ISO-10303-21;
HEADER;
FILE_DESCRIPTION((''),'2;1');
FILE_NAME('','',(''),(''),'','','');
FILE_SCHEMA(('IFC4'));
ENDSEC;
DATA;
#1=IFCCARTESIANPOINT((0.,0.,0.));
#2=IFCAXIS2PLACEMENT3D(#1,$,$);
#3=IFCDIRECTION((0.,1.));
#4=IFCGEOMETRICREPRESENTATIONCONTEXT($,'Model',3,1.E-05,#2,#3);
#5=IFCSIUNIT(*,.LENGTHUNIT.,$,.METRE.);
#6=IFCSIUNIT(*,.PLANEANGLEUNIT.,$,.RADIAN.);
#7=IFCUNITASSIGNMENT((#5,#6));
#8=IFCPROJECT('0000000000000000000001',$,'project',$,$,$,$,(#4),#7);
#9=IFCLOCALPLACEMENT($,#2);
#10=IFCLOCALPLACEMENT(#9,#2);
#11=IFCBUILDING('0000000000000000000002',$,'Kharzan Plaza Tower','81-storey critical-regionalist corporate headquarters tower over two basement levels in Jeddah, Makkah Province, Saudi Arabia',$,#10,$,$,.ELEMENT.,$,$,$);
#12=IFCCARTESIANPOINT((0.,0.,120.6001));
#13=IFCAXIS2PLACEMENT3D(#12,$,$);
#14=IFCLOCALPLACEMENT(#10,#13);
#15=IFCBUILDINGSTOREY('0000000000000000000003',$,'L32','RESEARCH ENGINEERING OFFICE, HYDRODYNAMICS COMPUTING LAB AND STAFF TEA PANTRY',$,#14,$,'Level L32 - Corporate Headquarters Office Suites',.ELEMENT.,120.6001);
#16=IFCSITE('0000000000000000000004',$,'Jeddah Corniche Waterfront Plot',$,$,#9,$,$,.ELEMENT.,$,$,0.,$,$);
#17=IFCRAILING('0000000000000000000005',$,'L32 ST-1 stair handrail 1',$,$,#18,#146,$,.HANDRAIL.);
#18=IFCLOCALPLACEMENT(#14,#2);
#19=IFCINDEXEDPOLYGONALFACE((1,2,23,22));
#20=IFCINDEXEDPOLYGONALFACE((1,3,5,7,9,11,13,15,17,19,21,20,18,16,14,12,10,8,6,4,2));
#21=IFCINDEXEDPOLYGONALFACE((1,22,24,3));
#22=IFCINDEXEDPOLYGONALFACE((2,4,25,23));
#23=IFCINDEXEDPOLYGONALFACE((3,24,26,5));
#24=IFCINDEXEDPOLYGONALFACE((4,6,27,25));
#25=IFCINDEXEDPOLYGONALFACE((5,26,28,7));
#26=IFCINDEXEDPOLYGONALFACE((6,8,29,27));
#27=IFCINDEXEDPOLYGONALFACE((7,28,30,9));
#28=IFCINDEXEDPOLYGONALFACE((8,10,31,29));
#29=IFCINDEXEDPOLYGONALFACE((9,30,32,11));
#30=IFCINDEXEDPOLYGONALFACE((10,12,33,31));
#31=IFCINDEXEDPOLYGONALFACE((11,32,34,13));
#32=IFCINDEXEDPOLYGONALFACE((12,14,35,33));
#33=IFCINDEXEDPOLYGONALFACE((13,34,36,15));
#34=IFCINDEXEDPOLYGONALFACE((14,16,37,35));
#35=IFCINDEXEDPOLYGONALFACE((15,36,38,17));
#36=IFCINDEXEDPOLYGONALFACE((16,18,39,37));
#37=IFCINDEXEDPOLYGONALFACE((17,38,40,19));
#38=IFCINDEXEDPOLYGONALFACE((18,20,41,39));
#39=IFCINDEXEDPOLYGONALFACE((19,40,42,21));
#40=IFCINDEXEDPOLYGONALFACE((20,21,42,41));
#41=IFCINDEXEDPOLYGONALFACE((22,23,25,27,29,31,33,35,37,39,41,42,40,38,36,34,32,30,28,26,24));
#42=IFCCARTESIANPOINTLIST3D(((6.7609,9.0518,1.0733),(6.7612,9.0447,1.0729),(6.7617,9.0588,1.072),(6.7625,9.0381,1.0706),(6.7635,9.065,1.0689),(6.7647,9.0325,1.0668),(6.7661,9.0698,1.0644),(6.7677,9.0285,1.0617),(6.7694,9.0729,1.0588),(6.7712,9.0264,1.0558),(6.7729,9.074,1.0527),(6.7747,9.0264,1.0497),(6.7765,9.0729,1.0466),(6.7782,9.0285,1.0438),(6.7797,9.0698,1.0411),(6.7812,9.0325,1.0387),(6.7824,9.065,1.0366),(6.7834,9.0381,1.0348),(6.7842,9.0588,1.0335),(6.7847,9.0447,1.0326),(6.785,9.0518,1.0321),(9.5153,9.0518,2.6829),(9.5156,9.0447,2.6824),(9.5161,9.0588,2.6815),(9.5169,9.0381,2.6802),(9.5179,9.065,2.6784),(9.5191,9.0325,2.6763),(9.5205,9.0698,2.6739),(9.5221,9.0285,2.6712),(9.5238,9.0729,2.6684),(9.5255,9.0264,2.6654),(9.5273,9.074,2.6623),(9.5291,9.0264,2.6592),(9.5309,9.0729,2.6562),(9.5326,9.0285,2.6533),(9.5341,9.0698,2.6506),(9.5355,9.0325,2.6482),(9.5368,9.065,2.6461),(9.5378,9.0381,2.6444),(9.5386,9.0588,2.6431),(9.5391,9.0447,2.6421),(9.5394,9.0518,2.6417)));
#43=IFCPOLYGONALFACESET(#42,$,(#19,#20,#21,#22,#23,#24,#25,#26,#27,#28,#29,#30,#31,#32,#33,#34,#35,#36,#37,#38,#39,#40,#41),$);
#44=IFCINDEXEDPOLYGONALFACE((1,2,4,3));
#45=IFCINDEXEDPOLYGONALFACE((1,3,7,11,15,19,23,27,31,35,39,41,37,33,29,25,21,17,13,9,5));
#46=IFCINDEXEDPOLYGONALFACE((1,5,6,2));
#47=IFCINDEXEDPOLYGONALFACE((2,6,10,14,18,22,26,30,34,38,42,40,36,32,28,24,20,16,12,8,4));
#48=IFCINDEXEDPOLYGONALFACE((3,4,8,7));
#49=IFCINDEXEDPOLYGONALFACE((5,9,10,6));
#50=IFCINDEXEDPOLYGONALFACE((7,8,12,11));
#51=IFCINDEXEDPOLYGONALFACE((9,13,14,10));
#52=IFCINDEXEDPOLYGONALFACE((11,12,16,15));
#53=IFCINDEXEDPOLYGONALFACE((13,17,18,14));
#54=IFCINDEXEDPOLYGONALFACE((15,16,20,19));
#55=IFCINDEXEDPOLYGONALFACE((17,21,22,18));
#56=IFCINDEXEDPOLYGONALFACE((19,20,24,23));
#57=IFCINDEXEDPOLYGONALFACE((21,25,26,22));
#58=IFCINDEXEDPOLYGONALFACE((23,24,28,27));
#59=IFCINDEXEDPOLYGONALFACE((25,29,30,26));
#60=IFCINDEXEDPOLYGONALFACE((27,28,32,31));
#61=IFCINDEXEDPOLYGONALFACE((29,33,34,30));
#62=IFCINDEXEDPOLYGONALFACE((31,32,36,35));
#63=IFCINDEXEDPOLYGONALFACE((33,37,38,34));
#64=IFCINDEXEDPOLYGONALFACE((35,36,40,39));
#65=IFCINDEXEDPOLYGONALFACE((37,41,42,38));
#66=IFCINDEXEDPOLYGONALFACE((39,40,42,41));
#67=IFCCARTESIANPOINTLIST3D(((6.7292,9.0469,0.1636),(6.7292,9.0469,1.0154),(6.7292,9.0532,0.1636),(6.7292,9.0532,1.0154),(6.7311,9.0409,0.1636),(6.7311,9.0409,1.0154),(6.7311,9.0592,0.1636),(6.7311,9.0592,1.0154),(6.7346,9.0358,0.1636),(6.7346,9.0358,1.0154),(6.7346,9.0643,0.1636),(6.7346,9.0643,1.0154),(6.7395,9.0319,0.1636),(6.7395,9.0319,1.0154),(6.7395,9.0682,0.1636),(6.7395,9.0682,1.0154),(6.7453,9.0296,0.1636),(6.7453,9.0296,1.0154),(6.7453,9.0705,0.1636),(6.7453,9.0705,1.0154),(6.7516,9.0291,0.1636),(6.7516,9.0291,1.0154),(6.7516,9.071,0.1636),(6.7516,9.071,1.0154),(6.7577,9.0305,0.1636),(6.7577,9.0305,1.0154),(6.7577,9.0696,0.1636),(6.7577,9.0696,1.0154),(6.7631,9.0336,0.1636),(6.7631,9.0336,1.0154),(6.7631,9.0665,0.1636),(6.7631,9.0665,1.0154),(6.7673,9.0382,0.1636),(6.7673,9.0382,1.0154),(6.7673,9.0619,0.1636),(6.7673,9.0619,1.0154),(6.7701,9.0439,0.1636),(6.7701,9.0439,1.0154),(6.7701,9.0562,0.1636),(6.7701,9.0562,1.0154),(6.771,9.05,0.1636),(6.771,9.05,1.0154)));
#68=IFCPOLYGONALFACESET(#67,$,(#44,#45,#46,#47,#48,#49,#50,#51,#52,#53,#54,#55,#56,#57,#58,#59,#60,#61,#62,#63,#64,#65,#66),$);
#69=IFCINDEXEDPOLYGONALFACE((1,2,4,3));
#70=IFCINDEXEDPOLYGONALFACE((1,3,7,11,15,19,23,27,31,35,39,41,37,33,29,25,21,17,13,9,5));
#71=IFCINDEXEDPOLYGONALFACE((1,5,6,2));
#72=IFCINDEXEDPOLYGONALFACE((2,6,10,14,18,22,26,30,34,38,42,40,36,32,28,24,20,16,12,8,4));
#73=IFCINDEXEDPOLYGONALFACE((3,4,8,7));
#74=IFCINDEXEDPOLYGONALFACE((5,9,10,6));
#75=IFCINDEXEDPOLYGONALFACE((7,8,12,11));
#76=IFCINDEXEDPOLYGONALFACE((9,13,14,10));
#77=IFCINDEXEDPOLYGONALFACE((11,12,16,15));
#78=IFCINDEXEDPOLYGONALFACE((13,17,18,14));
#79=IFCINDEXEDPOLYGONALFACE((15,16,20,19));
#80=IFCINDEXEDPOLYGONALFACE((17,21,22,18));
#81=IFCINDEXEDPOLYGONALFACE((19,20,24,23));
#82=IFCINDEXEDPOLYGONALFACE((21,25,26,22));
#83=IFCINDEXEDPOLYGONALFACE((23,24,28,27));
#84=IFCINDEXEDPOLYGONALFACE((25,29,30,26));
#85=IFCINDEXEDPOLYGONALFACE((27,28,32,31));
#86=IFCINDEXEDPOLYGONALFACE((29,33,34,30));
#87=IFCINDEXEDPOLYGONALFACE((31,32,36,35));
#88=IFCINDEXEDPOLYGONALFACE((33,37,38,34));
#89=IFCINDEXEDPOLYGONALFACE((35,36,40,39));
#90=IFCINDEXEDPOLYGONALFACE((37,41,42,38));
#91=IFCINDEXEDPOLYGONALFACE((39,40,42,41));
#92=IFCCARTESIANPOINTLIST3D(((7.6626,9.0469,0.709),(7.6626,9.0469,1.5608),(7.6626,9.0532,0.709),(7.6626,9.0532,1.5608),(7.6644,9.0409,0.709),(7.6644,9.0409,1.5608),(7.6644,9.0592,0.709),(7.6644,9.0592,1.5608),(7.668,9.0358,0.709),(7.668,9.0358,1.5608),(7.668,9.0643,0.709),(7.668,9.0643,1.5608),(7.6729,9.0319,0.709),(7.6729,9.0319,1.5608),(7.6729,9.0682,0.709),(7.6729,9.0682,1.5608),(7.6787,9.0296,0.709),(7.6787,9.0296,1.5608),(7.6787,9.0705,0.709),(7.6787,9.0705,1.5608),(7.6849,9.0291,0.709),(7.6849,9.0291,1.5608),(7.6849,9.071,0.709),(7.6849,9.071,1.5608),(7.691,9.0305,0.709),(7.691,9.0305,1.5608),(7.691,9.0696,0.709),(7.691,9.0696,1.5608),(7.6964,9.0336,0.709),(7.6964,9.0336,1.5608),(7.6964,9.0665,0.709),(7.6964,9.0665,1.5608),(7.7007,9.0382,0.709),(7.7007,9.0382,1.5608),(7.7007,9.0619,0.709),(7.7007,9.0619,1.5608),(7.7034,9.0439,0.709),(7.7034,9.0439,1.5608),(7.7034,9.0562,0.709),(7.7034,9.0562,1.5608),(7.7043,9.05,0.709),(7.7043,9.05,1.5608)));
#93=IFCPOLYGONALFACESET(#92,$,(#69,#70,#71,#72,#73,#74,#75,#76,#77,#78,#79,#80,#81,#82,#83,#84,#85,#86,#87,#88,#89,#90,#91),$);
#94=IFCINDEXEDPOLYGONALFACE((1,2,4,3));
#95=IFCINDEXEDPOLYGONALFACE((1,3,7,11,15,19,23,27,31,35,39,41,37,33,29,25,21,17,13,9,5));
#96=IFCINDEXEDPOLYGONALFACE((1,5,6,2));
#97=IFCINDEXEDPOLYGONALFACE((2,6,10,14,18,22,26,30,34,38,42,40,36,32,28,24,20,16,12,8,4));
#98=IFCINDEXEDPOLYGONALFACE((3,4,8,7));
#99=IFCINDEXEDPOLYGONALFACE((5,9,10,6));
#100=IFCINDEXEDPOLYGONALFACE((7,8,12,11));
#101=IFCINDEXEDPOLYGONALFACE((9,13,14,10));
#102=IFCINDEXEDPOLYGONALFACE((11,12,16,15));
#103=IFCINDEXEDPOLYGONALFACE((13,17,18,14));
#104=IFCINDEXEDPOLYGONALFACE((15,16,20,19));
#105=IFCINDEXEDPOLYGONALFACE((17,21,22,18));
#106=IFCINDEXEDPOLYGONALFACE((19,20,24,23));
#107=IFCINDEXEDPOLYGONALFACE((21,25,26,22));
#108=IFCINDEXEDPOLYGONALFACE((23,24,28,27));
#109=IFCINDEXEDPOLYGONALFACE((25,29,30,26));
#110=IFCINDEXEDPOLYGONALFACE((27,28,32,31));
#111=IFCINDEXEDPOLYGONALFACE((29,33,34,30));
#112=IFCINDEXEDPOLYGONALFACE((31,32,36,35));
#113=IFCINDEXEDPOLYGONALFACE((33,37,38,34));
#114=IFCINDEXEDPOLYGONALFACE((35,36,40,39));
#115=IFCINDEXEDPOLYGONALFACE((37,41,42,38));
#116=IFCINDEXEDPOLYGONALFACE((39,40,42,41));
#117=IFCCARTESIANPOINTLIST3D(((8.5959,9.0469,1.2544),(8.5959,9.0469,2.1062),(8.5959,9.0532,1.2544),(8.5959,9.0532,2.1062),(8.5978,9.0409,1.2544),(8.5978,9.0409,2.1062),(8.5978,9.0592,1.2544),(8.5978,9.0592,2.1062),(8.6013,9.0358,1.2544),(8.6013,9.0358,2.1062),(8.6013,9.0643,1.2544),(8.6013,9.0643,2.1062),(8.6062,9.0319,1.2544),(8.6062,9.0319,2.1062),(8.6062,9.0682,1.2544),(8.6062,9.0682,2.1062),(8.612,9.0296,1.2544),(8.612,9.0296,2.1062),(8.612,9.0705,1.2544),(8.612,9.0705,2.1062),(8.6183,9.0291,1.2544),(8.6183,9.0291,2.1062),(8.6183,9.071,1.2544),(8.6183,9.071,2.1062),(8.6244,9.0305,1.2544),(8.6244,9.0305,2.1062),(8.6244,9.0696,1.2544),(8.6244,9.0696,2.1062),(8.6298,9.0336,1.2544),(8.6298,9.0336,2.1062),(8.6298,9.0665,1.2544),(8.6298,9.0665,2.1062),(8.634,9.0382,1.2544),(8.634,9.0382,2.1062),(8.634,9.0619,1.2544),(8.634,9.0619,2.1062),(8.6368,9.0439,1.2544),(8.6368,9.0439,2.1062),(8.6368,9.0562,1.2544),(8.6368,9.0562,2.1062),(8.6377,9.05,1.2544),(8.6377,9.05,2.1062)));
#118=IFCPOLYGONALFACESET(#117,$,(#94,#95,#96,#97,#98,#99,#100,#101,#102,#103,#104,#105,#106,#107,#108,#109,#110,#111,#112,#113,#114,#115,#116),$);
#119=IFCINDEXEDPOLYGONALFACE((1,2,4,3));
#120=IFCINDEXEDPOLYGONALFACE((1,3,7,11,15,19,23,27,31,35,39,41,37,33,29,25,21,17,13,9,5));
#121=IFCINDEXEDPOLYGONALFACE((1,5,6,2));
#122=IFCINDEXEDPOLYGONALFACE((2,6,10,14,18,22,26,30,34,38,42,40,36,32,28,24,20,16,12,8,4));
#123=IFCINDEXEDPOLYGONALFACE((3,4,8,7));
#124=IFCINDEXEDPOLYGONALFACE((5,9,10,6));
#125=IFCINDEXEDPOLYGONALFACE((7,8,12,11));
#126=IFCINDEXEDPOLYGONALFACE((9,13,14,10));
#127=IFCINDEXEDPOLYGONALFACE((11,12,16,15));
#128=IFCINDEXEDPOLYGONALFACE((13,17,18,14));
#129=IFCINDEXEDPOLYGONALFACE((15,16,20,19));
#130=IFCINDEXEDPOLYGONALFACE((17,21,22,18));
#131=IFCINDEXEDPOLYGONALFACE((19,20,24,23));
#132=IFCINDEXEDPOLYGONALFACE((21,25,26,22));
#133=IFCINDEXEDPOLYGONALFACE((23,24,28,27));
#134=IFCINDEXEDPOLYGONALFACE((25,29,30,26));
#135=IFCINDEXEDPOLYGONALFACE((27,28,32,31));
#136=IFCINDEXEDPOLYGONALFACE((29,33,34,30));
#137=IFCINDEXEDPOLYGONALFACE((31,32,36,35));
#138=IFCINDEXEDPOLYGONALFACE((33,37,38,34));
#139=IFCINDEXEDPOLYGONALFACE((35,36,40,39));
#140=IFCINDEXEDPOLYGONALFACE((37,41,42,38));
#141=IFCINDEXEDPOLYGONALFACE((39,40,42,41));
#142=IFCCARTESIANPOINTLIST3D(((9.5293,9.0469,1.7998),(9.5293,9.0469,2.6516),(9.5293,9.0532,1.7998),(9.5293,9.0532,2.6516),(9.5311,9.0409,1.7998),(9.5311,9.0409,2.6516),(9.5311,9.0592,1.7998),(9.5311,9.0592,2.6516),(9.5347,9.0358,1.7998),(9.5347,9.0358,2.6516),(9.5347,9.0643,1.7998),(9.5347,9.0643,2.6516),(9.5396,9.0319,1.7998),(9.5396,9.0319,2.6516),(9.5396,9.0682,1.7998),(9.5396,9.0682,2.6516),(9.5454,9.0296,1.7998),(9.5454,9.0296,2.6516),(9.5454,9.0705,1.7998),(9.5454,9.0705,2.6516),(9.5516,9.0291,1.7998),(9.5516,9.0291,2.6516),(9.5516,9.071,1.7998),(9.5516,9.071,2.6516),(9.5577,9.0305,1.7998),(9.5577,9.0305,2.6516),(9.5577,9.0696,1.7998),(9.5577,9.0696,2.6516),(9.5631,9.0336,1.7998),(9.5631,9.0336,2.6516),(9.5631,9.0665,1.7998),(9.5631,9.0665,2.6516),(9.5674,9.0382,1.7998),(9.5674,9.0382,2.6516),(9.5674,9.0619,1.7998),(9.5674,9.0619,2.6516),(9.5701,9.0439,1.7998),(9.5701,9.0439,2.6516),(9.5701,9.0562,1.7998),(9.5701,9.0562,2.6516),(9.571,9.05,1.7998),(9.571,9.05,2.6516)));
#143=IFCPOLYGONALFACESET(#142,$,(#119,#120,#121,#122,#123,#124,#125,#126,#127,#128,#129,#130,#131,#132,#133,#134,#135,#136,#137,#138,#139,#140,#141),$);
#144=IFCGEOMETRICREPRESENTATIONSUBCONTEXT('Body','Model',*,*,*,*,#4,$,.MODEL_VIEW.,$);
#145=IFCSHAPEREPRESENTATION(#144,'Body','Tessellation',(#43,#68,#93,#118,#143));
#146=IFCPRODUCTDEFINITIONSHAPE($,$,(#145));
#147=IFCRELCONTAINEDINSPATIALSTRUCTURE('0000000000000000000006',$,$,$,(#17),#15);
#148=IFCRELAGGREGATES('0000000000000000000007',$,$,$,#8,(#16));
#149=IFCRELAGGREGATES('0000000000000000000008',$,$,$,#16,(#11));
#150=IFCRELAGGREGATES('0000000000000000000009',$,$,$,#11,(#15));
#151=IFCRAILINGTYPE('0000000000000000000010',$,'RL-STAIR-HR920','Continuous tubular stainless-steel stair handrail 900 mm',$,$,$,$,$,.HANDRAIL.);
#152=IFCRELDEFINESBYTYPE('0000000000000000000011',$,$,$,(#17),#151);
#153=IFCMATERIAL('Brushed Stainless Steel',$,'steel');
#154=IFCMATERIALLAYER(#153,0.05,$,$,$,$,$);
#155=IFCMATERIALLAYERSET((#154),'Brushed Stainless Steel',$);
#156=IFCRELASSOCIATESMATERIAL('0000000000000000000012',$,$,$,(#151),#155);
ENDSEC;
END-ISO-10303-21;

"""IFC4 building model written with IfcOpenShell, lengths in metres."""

from ifc_helpers import new_model, si_unit, direction, frame, origin, origin_2d, place, context, subcontext, project, spatial, circle, extrude, source, transform, mapped, material, layer, layer_set, type_object, element, save


model = new_model("IFC4")

# Units and contexts
model_context = context("Model", 3, precision=1e-05, world=origin(), true_north=direction((0.0, 1.0)))
body_context = subcontext(model_context, "Body", "Model", "MODEL_VIEW")
ifc_project = project(units=[si_unit("LENGTHUNIT", "METRE"), si_unit("PLANEANGLEUNIT", "RADIAN")], contexts=[model_context])

# Site, building, storey
site_placement = place(None, origin())
site = spatial("IfcSite", under=ifc_project, at=site_placement, Name="Jeddah Corniche Waterfront Plot", CompositionType="ELEMENT", RefElevation=0.0)
building_placement = place(site_placement, origin())
building = spatial("IfcBuilding", under=site, at=building_placement, Name="Kharzan Plaza Tower", Description="81-storey critical-regionalist corporate headquarters tower over two basement levels in Jeddah, Makkah Province, Saudi Arabia", CompositionType="ELEMENT")
storey_placement = place(building_placement, frame((0.0, 0.0, 120.6001)))
storey = spatial("IfcBuildingStorey", under=building, at=storey_placement, Name="L32", Description="RESEARCH ENGINEERING OFFICE, HYDRODYNAMICS COMPUTING LAB AND STAFF TEA PANTRY", LongName="Level L32 - Corporate Headquarters Office Suites", CompositionType="ELEMENT", Elevation=120.6001)

# Railing
ifc_material_1 = material(Name="Brushed Stainless Steel", Category="steel")
ifc_layer_1 = layer(ifc_material_1, 0.05)
ifc_layer_set_1 = layer_set([ifc_layer_1], Name="Brushed Stainless Steel")
railing_type_1 = type_object("IfcRailingType", Name="RL-STAIR-HR920", Description="Continuous tubular stainless-steel stair handrail 900 mm", PredefinedType="HANDRAIL", material=ifc_layer_set_1)
shared_shape_1 = source(origin(), body_context, "Body", "SweptSolid", [
    extrude(circle(Radius=0.0239, at=origin_2d()), frame((0.0229, 0.0, 0.8892), z_axis=(0.863394, 0.0, 0.504531), x_axis=(0.0, 1.0, 0.0)), (0.0, 0.0, 1.0), 3.1902),
    extrude(circle(Radius=0.021, at=origin_2d()), origin(), (0.0, 0.0, 1.0), 0.8518),
    extrude(circle(Radius=0.021, at=origin_2d()), frame((0.9333, 0.0, 0.5454)), (0.0, 0.0, 1.0), 0.8518),
    extrude(circle(Radius=0.021, at=origin_2d()), frame((1.8667, 0.0, 1.0908)), (0.0, 0.0, 1.0), 0.8518),
    extrude(circle(Radius=0.021, at=origin_2d()), frame((2.8, 0.0, 1.6362)), (0.0, 0.0, 1.0), 0.8518),
])
railing_1_placement = place(storey_placement, frame((6.75, 9.05, 0.1636)))
element("IfcRailing", 1, at=railing_1_placement, inside=storey, type_object=railing_type_1, Name="L32 ST-1 stair handrail 1", PredefinedType="HANDRAIL", context=body_context, shape_type="MappedRepresentation", body=[
    mapped(shared_shape_1, transform((0.0, 0.0, 0.0), x_axis=(1.0, 0.0, 0.0), y_axis=(0.0, 1.0, 0.0), z_axis=(0.0, 0.0, 1.0))),
])

save(model, "model.ifc")
